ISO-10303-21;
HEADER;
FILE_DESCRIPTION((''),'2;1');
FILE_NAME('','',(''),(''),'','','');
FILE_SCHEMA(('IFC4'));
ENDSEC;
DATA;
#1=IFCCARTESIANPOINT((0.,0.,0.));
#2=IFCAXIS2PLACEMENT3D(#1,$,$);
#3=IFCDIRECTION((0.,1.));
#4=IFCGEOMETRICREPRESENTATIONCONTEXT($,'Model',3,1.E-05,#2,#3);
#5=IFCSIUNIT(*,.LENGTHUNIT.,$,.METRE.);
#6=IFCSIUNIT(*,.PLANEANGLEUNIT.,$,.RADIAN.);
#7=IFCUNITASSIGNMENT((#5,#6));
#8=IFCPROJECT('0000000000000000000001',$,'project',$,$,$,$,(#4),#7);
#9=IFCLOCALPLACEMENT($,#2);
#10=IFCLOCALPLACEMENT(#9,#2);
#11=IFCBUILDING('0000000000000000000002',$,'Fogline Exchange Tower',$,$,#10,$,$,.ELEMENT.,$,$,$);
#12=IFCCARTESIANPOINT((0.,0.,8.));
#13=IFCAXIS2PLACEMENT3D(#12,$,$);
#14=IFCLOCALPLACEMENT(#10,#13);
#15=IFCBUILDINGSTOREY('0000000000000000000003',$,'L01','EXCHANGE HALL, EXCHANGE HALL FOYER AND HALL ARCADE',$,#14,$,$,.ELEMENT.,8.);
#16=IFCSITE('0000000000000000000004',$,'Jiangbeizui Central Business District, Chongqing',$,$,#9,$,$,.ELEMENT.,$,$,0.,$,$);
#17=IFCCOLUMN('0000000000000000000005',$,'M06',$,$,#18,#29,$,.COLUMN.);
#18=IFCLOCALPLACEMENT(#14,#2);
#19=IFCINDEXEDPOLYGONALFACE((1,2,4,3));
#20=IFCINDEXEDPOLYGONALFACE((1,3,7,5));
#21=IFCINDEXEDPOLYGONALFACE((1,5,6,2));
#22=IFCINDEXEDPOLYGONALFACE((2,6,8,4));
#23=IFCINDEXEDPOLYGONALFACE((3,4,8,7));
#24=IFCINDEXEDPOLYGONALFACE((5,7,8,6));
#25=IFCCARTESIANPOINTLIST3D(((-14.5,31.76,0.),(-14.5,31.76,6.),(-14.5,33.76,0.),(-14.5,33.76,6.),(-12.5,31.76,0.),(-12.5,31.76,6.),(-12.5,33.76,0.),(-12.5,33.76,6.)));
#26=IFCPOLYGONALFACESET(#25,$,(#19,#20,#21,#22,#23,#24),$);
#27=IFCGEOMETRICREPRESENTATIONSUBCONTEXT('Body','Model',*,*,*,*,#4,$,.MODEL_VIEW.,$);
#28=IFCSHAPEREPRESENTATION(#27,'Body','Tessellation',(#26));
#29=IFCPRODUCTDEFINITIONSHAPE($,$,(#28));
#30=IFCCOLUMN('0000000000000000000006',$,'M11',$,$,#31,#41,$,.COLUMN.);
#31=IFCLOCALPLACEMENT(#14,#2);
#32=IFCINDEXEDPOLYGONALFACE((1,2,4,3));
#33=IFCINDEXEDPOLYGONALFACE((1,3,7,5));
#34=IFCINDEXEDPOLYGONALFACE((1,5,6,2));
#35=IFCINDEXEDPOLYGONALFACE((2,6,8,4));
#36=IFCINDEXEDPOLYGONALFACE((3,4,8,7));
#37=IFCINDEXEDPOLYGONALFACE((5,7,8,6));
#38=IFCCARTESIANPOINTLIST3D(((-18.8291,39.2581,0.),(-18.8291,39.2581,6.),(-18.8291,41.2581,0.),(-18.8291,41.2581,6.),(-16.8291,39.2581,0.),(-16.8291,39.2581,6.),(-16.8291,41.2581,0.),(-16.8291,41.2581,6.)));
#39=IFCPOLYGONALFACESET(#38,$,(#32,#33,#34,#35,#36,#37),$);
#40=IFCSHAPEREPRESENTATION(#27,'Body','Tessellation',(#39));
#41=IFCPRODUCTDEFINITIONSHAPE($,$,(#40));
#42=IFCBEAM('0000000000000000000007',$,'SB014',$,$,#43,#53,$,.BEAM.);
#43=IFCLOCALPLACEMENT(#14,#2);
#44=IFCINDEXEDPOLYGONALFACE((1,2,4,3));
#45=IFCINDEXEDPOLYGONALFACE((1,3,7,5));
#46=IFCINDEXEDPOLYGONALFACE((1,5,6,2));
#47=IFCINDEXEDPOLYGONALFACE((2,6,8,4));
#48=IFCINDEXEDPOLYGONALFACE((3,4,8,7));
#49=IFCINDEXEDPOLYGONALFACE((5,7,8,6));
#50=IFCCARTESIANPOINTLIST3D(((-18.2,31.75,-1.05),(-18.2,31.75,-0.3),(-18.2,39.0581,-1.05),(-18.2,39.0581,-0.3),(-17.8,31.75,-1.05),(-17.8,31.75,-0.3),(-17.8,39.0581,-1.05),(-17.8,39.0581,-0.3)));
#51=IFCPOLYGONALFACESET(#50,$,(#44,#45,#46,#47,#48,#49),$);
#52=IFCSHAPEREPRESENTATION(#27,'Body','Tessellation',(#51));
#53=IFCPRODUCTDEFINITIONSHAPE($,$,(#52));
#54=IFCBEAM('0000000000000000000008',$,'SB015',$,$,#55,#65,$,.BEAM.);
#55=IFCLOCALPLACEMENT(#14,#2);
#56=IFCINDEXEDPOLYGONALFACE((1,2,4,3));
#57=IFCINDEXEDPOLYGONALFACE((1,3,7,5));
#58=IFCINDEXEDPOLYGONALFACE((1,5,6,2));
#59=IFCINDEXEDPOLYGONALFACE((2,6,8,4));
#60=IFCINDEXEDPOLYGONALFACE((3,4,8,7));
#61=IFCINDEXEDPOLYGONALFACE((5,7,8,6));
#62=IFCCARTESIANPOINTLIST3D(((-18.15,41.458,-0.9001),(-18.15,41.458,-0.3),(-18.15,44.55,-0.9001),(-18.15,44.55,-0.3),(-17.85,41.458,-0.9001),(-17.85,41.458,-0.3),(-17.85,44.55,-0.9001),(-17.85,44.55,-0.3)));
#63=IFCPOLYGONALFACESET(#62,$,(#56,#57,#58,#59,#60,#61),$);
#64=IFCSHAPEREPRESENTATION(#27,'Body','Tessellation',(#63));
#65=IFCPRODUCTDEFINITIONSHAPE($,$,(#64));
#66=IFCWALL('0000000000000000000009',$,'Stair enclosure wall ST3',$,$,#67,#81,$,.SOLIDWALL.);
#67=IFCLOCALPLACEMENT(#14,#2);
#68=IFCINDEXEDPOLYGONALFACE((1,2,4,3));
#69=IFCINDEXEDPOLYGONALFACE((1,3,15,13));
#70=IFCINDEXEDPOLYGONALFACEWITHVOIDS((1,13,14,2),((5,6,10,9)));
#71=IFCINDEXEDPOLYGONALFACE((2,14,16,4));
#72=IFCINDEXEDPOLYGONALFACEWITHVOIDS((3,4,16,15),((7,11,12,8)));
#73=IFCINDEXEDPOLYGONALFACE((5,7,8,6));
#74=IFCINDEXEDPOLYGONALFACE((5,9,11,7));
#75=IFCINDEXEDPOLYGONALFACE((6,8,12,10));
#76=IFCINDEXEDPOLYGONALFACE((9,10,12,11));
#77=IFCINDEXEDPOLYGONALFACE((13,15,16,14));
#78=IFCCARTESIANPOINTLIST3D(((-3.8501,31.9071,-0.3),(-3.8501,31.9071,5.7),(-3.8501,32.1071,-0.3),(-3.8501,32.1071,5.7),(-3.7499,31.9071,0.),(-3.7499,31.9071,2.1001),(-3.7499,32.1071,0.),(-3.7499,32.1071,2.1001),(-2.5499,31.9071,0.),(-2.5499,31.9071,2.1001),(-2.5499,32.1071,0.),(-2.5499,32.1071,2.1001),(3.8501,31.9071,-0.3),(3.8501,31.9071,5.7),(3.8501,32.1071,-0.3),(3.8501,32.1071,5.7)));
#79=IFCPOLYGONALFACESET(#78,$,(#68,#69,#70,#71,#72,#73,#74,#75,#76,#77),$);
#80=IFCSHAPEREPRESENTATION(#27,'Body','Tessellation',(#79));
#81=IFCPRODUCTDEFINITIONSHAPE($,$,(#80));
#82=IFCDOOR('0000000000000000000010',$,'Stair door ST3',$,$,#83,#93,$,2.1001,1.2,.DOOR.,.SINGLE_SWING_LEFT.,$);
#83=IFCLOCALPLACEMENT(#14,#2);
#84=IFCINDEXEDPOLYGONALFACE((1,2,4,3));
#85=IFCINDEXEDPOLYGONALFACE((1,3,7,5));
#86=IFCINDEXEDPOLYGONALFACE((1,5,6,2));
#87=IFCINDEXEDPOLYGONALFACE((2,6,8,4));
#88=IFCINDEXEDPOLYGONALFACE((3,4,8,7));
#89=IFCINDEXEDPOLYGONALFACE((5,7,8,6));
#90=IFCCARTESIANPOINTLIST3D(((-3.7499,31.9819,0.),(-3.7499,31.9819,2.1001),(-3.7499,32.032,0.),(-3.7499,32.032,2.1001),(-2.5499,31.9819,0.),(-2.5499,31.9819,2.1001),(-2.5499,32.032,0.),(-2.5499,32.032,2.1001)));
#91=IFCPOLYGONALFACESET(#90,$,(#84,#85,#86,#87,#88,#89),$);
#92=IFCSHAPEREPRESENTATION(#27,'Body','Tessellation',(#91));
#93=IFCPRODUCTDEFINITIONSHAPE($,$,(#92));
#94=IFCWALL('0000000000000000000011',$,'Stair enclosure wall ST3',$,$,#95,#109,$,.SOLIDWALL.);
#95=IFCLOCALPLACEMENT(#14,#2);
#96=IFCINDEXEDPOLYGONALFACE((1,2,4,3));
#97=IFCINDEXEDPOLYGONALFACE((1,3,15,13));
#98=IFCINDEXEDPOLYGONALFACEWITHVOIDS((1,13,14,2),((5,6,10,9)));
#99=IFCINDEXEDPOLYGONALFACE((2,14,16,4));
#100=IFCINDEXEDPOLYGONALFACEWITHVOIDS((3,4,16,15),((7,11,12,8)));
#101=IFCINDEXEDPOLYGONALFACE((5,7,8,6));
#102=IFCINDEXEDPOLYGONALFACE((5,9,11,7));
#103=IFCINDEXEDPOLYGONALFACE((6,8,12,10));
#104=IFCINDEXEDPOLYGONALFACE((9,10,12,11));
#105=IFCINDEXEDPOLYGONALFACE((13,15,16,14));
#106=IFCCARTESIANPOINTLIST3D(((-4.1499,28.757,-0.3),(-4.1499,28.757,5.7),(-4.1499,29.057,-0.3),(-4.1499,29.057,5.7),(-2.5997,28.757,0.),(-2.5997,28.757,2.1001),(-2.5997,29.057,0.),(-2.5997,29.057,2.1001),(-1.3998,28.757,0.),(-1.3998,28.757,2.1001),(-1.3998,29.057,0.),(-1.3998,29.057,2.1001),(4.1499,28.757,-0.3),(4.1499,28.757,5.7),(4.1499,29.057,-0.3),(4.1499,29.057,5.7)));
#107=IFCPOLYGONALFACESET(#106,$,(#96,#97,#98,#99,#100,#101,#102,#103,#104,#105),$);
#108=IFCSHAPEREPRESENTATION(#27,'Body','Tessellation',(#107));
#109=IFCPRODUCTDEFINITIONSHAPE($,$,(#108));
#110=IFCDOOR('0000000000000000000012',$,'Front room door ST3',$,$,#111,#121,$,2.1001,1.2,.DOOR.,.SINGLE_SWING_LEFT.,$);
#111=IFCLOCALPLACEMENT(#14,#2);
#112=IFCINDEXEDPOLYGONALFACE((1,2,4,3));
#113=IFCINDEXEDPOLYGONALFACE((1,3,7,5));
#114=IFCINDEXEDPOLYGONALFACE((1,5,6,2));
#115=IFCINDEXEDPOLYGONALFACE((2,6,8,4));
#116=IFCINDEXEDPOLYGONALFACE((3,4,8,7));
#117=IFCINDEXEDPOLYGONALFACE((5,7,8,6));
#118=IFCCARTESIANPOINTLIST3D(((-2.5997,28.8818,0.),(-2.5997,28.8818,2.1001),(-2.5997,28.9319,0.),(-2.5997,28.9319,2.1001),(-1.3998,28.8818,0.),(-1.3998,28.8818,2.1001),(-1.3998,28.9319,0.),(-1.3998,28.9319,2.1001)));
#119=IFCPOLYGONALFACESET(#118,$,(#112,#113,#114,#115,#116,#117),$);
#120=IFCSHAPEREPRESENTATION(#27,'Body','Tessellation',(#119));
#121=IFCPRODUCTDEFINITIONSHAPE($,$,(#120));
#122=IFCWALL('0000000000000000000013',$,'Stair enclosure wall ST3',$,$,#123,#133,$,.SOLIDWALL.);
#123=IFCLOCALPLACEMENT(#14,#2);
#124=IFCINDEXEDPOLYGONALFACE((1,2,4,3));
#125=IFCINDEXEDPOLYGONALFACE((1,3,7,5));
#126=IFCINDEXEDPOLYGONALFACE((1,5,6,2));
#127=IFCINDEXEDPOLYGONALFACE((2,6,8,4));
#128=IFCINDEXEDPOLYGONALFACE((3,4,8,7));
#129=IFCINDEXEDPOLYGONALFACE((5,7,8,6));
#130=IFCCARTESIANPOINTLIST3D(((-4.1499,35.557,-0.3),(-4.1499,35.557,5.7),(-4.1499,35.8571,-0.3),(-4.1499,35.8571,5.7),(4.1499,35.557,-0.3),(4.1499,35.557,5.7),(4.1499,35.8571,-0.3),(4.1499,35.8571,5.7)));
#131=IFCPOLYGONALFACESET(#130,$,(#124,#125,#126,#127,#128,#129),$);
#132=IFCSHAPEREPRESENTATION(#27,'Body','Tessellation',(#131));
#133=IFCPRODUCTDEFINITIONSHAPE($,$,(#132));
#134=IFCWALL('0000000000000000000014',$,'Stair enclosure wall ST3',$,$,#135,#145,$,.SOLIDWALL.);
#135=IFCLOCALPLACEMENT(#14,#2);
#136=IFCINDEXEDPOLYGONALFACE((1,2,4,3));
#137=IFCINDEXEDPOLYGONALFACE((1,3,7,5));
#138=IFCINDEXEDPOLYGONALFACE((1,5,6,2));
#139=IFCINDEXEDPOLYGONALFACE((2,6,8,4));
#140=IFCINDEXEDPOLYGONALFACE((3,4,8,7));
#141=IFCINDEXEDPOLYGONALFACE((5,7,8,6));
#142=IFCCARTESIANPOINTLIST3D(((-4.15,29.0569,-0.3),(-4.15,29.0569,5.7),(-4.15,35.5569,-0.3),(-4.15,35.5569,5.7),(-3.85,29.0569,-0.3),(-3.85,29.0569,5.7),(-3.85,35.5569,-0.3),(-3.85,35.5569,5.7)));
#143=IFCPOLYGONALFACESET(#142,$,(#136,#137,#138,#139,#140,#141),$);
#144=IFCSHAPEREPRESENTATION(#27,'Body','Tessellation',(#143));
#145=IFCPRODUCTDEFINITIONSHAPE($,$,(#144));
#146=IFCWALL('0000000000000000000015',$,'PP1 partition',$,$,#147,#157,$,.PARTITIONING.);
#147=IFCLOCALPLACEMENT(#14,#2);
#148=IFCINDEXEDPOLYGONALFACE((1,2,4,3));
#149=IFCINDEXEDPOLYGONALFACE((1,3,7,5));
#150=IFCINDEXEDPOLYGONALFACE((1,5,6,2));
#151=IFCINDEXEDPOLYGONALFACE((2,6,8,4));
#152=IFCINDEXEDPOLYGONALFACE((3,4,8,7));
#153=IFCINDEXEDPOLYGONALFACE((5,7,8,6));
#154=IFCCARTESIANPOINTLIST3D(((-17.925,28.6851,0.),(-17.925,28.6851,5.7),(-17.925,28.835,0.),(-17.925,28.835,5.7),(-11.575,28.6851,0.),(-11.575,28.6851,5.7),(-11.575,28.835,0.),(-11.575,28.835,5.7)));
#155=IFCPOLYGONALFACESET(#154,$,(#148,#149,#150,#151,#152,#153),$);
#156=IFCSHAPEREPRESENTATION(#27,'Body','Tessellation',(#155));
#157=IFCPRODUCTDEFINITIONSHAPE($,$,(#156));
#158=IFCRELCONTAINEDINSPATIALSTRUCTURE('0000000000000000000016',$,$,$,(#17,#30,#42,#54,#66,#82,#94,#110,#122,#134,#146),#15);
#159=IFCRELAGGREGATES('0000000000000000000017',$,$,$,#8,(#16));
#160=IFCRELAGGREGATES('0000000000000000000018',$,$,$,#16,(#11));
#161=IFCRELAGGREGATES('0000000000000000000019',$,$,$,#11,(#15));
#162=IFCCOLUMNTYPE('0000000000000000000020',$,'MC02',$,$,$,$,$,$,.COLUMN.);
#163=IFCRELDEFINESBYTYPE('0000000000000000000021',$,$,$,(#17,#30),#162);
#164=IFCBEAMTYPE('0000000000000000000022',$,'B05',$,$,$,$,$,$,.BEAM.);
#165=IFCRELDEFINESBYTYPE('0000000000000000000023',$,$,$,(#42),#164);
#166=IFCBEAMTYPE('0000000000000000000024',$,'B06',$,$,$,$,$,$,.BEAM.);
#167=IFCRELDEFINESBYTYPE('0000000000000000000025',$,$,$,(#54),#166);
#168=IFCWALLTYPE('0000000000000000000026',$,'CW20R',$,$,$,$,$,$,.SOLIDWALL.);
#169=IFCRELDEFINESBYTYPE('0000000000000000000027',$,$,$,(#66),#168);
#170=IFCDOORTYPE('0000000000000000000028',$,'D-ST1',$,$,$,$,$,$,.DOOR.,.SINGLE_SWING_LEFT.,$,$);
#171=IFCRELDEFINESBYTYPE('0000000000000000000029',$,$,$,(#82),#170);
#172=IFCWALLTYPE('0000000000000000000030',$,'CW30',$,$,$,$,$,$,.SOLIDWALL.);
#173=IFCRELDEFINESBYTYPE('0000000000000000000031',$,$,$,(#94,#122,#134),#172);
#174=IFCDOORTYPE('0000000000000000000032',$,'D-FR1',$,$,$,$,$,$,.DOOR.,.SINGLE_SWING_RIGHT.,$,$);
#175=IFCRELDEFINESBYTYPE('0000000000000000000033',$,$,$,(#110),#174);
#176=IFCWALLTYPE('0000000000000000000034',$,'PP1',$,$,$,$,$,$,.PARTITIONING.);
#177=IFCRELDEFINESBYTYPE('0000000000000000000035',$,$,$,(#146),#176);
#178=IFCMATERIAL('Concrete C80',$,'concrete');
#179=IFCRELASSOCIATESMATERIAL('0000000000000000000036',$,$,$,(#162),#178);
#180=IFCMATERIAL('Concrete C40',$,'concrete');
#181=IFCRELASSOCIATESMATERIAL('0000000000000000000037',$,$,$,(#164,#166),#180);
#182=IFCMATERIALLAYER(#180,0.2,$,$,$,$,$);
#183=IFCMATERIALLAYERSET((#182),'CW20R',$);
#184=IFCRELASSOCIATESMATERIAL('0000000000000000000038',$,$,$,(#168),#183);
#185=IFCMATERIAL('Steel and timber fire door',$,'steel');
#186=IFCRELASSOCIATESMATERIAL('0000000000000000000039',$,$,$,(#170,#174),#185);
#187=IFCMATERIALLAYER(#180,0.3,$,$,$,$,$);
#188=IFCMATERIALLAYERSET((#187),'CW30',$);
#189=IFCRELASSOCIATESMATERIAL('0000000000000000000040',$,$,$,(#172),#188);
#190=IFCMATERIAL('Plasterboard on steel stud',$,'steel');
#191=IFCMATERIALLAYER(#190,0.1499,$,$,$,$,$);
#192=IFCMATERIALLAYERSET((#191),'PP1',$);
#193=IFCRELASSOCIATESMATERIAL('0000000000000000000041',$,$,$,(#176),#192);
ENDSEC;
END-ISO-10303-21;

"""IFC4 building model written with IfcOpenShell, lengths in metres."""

from ifc_helpers import new_model, si_unit, direction, frame, frame_2d, origin, origin_2d, place, context, subcontext, project, spatial, rectangle, extrude, material, layer, layer_set, material_profile, profile_set, type_object, element, fill, save


model = new_model("IFC4")

# Units and contexts
model_context = context("Model", 3, precision=1e-05, world=origin(), true_north=direction((0.0, 1.0)))
body_context = subcontext(model_context, "Body", "Model", "MODEL_VIEW")
ifc_project = project(units=[si_unit("LENGTHUNIT", "METRE"), si_unit("PLANEANGLEUNIT", "RADIAN")], contexts=[model_context])

# Site, building, storey
site_placement = place(None, origin())
site = spatial("IfcSite", under=ifc_project, at=site_placement, Name="Jiangbeizui Central Business District, Chongqing", CompositionType="ELEMENT", RefElevation=0.0)
building_placement = place(site_placement, origin())
building = spatial("IfcBuilding", under=site, at=building_placement, Name="Fogline Exchange Tower", CompositionType="ELEMENT")
storey_placement = place(building_placement, frame((0.0, 0.0, 8.0)))
storey = spatial("IfcBuildingStorey", under=building, at=storey_placement, Name="L01", Description="EXCHANGE HALL, EXCHANGE HALL FOYER AND HALL ARCADE", CompositionType="ELEMENT", Elevation=8.0)

# Columns
ifc_material_1 = material(Name="Concrete C80", Category="concrete")
ifc_material_profile_1 = material_profile(ifc_material_1, rectangle(XDim=2.0, YDim=2.0, at=origin_2d()), Name="RC 2000x2000")
ifc_profile_set_1 = profile_set([ifc_material_profile_1], Name="Concrete C80")
column_type = type_object("IfcColumnType", Name="MC02", PredefinedType="COLUMN", material=ifc_profile_set_1)
for number, where, z_axis, x_axis, name in (
    (1, (-13.5, 32.76, 0.0), (0.0, 0.0, 1.0), (1.0, 0.0, 0.0), "M06"),
    (2, (-17.8291, 40.2581, 0.0), (0.0, 0.0, 1.0), (1.0, 0.0, 0.0), "M11"),
):
    element("IfcColumn", number, at=place(storey_placement, frame(where, z_axis=z_axis, x_axis=x_axis)), inside=storey, type_object=column_type, Name=name, PredefinedType="COLUMN", context=body_context, shape_type="SweptSolid", body=[
        extrude(rectangle(XDim=2.0, YDim=2.0, at=origin_2d()), origin(), (0.0, 0.0, 1.0), 6.0),
    ])

# Beams
ifc_material_2 = material(Name="Concrete C40", Category="concrete")
ifc_material_profile_2 = material_profile(ifc_material_2, rectangle(XDim=0.3999, YDim=0.75, at=origin_2d()), Name="RC 400x750")
ifc_profile_set_2 = profile_set([ifc_material_profile_2], Name="Concrete C40")
beam_type_1 = type_object("IfcBeamType", Name="B05", PredefinedType="BEAM", material=ifc_profile_set_2)
beam_1_placement = place(storey_placement, frame((-18.0, 31.75, -0.675), z_axis=(0.0, 1.0, 0.0), x_axis=(-1.0, 0.0, 0.0)))
element("IfcBeam", 3, at=beam_1_placement, inside=storey, type_object=beam_type_1, Name="SB014", PredefinedType="BEAM", context=body_context, shape_type="SweptSolid", body=[
    extrude(rectangle(XDim=0.3999, YDim=0.75, at=origin_2d()), origin(), (0.0, 0.0, 1.0), 7.3081),
])
ifc_material_profile_3 = material_profile(ifc_material_2, rectangle(XDim=0.3, YDim=0.6001, at=origin_2d()), Name="RC 300x600")
ifc_profile_set_3 = profile_set([ifc_material_profile_3], Name="Concrete C40")
beam_type_2 = type_object("IfcBeamType", Name="B06", PredefinedType="BEAM", material=ifc_profile_set_3)
beam_2_placement = place(storey_placement, frame((-18.0, 41.458, -0.6001), z_axis=(0.0, 1.0, 0.0), x_axis=(-1.0, 0.0, 0.0)))
element("IfcBeam", 4, at=beam_2_placement, inside=storey, type_object=beam_type_2, Name="SB015", PredefinedType="BEAM", context=body_context, shape_type="SweptSolid", body=[
    extrude(rectangle(XDim=0.3, YDim=0.6001, at=origin_2d()), origin(), (0.0, 0.0, 1.0), 3.092),
])

# Walls, openings, doors
ifc_layer_1 = layer(ifc_material_2, 0.2)
ifc_layer_set_1 = layer_set([ifc_layer_1], Name="CW20R")
wall_type_1 = type_object("IfcWallType", Name="CW20R", PredefinedType="SOLIDWALL", material=ifc_layer_set_1)
wall_1_placement = place(storey_placement, frame((-3.8501, 32.0071, -0.3), z_axis=(0.0, 0.0, 1.0), x_axis=(1.0, 0.0, 0.0)))
wall_1 = element("IfcWall", 5, at=wall_1_placement, inside=storey, type_object=wall_type_1, Name="Stair enclosure wall ST3", PredefinedType="SOLIDWALL", context=body_context, shape_type="SweptSolid", body=[
    extrude(rectangle(XDim=7.7002, YDim=0.2, at=frame_2d((3.8501, 0.0))), origin(), (0.0, 0.0, 1.0), 6.0),
])
opening_1_placement = place(wall_1_placement, frame((0.1001, 0.0, 0.3)))
opening_1 = element("IfcOpeningElement", 6, at=opening_1_placement, cuts=wall_1, PredefinedType="OPENING", context=body_context, shape_type="SweptSolid", body=[
    extrude(rectangle(XDim=1.2, YDim=2.1001, at=frame_2d((0.6001, 1.05))), frame((0.0, 0.1099, 0.0), z_axis=(0.0, -1.0, 0.0), x_axis=(1.0, 0.0, 0.0)), (0.0, 0.0, 1.0), 0.22),
])
ifc_material_3 = material(Name="Steel and timber fire door", Category="steel")
door_type_1 = type_object("IfcDoorType", Name="D-ST1", OperationType="SINGLE_SWING_LEFT", PredefinedType="DOOR", material=ifc_material_3)
door_1_placement = place(opening_1_placement, origin())
door_1 = element("IfcDoor", 7, at=door_1_placement, inside=storey, type_object=door_type_1, Name="Stair door ST3", OperationType="SINGLE_SWING_LEFT", OverallHeight=2.1001, OverallWidth=1.2, PredefinedType="DOOR", context=body_context, shape_type="SweptSolid", body=[
    extrude(rectangle(XDim=1.2, YDim=2.1001, at=frame_2d((0.6001, 1.05))), frame((0.0, 0.0249, 0.0), z_axis=(0.0, -1.0, 0.0), x_axis=(1.0, 0.0, 0.0)), (0.0, 0.0, 1.0), 0.05),
])
fill(opening_1, door_1)
ifc_layer_2 = layer(ifc_material_2, 0.3)
ifc_layer_set_2 = layer_set([ifc_layer_2], Name="CW30")
wall_type_2 = type_object("IfcWallType", Name="CW30", PredefinedType="SOLIDWALL", material=ifc_layer_set_2)
wall_2_placement = place(storey_placement, frame((-4.1499, 28.907, -0.3), z_axis=(0.0, 0.0, 1.0), x_axis=(1.0, 0.0, 0.0)))
wall_2 = element("IfcWall", 8, at=wall_2_placement, inside=storey, type_object=wall_type_2, Name="Stair enclosure wall ST3", PredefinedType="SOLIDWALL", context=body_context, shape_type="SweptSolid", body=[
    extrude(rectangle(XDim=8.2998, YDim=0.3, at=frame_2d((4.1499, 0.0))), origin(), (0.0, 0.0, 1.0), 6.0),
])
opening_2_placement = place(wall_2_placement, frame((1.55, 0.0, 0.3)))
opening_2 = element("IfcOpeningElement", 9, at=opening_2_placement, cuts=wall_2, PredefinedType="OPENING", context=body_context, shape_type="SweptSolid", body=[
    extrude(rectangle(XDim=1.2, YDim=2.1001, at=frame_2d((0.6001, 1.05))), frame((0.0, 0.1602, 0.0), z_axis=(0.0, -1.0, 0.0), x_axis=(1.0, 0.0, 0.0)), (0.0, 0.0, 1.0), 0.3201),
])
door_type_2 = type_object("IfcDoorType", Name="D-FR1", OperationType="SINGLE_SWING_RIGHT", PredefinedType="DOOR", material=ifc_material_3)
door_2_placement = place(opening_2_placement, origin())
door_2 = element("IfcDoor", 10, at=door_2_placement, inside=storey, type_object=door_type_2, Name="Front room door ST3", OperationType="SINGLE_SWING_LEFT", OverallHeight=2.1001, OverallWidth=1.2, PredefinedType="DOOR", context=body_context, shape_type="SweptSolid", body=[
    extrude(rectangle(XDim=1.2, YDim=2.1001, at=frame_2d((0.6001, 1.05))), frame((0.0, 0.0249, 0.0), z_axis=(0.0, -1.0, 0.0), x_axis=(1.0, 0.0, 0.0)), (0.0, 0.0, 1.0), 0.05),
])
fill(opening_2, door_2)

# Walls
wall_3_placement = place(storey_placement, frame((-4.1499, 35.707, -0.3), z_axis=(0.0, 0.0, 1.0), x_axis=(1.0, 0.0, 0.0)))
element("IfcWall", 11, at=wall_3_placement, inside=storey, type_object=wall_type_2, Name="Stair enclosure wall ST3", PredefinedType="SOLIDWALL", context=body_context, shape_type="SweptSolid", body=[
    extrude(rectangle(XDim=8.2998, YDim=0.3, at=frame_2d((4.1499, 0.0))), origin(), (0.0, 0.0, 1.0), 6.0),
])
wall_4_placement = place(storey_placement, frame((-4.0, 29.0569, -0.3), z_axis=(0.0, 0.0, 1.0), x_axis=(0.0, 1.0, 0.0)))
element("IfcWall", 12, at=wall_4_placement, inside=storey, type_object=wall_type_2, Name="Stair enclosure wall ST3", PredefinedType="SOLIDWALL", context=body_context, shape_type="SweptSolid", body=[
    extrude(rectangle(XDim=6.5, YDim=0.3, at=frame_2d((3.25, 0.0))), origin(), (0.0, 0.0, 1.0), 6.0),
])
ifc_material_4 = material(Name="Plasterboard on steel stud", Category="steel")
ifc_layer_3 = layer(ifc_material_4, 0.1499)
ifc_layer_set_3 = layer_set([ifc_layer_3], Name="PP1")
wall_type_3 = type_object("IfcWallType", Name="PP1", PredefinedType="PARTITIONING", material=ifc_layer_set_3)
wall_5_placement = place(storey_placement, frame((-17.925, 28.76, 0.0), z_axis=(0.0, 0.0, 1.0), x_axis=(1.0, 0.0, 0.0)))
element("IfcWall", 13, at=wall_5_placement, inside=storey, type_object=wall_type_3, Name="PP1 partition", PredefinedType="PARTITIONING", context=body_context, shape_type="SweptSolid", body=[
    extrude(rectangle(XDim=6.3501, YDim=0.1499, at=frame_2d((3.175, 0.0))), origin(), (0.0, 0.0, 1.0), 5.7),
])

save(model, "model.ifc")
